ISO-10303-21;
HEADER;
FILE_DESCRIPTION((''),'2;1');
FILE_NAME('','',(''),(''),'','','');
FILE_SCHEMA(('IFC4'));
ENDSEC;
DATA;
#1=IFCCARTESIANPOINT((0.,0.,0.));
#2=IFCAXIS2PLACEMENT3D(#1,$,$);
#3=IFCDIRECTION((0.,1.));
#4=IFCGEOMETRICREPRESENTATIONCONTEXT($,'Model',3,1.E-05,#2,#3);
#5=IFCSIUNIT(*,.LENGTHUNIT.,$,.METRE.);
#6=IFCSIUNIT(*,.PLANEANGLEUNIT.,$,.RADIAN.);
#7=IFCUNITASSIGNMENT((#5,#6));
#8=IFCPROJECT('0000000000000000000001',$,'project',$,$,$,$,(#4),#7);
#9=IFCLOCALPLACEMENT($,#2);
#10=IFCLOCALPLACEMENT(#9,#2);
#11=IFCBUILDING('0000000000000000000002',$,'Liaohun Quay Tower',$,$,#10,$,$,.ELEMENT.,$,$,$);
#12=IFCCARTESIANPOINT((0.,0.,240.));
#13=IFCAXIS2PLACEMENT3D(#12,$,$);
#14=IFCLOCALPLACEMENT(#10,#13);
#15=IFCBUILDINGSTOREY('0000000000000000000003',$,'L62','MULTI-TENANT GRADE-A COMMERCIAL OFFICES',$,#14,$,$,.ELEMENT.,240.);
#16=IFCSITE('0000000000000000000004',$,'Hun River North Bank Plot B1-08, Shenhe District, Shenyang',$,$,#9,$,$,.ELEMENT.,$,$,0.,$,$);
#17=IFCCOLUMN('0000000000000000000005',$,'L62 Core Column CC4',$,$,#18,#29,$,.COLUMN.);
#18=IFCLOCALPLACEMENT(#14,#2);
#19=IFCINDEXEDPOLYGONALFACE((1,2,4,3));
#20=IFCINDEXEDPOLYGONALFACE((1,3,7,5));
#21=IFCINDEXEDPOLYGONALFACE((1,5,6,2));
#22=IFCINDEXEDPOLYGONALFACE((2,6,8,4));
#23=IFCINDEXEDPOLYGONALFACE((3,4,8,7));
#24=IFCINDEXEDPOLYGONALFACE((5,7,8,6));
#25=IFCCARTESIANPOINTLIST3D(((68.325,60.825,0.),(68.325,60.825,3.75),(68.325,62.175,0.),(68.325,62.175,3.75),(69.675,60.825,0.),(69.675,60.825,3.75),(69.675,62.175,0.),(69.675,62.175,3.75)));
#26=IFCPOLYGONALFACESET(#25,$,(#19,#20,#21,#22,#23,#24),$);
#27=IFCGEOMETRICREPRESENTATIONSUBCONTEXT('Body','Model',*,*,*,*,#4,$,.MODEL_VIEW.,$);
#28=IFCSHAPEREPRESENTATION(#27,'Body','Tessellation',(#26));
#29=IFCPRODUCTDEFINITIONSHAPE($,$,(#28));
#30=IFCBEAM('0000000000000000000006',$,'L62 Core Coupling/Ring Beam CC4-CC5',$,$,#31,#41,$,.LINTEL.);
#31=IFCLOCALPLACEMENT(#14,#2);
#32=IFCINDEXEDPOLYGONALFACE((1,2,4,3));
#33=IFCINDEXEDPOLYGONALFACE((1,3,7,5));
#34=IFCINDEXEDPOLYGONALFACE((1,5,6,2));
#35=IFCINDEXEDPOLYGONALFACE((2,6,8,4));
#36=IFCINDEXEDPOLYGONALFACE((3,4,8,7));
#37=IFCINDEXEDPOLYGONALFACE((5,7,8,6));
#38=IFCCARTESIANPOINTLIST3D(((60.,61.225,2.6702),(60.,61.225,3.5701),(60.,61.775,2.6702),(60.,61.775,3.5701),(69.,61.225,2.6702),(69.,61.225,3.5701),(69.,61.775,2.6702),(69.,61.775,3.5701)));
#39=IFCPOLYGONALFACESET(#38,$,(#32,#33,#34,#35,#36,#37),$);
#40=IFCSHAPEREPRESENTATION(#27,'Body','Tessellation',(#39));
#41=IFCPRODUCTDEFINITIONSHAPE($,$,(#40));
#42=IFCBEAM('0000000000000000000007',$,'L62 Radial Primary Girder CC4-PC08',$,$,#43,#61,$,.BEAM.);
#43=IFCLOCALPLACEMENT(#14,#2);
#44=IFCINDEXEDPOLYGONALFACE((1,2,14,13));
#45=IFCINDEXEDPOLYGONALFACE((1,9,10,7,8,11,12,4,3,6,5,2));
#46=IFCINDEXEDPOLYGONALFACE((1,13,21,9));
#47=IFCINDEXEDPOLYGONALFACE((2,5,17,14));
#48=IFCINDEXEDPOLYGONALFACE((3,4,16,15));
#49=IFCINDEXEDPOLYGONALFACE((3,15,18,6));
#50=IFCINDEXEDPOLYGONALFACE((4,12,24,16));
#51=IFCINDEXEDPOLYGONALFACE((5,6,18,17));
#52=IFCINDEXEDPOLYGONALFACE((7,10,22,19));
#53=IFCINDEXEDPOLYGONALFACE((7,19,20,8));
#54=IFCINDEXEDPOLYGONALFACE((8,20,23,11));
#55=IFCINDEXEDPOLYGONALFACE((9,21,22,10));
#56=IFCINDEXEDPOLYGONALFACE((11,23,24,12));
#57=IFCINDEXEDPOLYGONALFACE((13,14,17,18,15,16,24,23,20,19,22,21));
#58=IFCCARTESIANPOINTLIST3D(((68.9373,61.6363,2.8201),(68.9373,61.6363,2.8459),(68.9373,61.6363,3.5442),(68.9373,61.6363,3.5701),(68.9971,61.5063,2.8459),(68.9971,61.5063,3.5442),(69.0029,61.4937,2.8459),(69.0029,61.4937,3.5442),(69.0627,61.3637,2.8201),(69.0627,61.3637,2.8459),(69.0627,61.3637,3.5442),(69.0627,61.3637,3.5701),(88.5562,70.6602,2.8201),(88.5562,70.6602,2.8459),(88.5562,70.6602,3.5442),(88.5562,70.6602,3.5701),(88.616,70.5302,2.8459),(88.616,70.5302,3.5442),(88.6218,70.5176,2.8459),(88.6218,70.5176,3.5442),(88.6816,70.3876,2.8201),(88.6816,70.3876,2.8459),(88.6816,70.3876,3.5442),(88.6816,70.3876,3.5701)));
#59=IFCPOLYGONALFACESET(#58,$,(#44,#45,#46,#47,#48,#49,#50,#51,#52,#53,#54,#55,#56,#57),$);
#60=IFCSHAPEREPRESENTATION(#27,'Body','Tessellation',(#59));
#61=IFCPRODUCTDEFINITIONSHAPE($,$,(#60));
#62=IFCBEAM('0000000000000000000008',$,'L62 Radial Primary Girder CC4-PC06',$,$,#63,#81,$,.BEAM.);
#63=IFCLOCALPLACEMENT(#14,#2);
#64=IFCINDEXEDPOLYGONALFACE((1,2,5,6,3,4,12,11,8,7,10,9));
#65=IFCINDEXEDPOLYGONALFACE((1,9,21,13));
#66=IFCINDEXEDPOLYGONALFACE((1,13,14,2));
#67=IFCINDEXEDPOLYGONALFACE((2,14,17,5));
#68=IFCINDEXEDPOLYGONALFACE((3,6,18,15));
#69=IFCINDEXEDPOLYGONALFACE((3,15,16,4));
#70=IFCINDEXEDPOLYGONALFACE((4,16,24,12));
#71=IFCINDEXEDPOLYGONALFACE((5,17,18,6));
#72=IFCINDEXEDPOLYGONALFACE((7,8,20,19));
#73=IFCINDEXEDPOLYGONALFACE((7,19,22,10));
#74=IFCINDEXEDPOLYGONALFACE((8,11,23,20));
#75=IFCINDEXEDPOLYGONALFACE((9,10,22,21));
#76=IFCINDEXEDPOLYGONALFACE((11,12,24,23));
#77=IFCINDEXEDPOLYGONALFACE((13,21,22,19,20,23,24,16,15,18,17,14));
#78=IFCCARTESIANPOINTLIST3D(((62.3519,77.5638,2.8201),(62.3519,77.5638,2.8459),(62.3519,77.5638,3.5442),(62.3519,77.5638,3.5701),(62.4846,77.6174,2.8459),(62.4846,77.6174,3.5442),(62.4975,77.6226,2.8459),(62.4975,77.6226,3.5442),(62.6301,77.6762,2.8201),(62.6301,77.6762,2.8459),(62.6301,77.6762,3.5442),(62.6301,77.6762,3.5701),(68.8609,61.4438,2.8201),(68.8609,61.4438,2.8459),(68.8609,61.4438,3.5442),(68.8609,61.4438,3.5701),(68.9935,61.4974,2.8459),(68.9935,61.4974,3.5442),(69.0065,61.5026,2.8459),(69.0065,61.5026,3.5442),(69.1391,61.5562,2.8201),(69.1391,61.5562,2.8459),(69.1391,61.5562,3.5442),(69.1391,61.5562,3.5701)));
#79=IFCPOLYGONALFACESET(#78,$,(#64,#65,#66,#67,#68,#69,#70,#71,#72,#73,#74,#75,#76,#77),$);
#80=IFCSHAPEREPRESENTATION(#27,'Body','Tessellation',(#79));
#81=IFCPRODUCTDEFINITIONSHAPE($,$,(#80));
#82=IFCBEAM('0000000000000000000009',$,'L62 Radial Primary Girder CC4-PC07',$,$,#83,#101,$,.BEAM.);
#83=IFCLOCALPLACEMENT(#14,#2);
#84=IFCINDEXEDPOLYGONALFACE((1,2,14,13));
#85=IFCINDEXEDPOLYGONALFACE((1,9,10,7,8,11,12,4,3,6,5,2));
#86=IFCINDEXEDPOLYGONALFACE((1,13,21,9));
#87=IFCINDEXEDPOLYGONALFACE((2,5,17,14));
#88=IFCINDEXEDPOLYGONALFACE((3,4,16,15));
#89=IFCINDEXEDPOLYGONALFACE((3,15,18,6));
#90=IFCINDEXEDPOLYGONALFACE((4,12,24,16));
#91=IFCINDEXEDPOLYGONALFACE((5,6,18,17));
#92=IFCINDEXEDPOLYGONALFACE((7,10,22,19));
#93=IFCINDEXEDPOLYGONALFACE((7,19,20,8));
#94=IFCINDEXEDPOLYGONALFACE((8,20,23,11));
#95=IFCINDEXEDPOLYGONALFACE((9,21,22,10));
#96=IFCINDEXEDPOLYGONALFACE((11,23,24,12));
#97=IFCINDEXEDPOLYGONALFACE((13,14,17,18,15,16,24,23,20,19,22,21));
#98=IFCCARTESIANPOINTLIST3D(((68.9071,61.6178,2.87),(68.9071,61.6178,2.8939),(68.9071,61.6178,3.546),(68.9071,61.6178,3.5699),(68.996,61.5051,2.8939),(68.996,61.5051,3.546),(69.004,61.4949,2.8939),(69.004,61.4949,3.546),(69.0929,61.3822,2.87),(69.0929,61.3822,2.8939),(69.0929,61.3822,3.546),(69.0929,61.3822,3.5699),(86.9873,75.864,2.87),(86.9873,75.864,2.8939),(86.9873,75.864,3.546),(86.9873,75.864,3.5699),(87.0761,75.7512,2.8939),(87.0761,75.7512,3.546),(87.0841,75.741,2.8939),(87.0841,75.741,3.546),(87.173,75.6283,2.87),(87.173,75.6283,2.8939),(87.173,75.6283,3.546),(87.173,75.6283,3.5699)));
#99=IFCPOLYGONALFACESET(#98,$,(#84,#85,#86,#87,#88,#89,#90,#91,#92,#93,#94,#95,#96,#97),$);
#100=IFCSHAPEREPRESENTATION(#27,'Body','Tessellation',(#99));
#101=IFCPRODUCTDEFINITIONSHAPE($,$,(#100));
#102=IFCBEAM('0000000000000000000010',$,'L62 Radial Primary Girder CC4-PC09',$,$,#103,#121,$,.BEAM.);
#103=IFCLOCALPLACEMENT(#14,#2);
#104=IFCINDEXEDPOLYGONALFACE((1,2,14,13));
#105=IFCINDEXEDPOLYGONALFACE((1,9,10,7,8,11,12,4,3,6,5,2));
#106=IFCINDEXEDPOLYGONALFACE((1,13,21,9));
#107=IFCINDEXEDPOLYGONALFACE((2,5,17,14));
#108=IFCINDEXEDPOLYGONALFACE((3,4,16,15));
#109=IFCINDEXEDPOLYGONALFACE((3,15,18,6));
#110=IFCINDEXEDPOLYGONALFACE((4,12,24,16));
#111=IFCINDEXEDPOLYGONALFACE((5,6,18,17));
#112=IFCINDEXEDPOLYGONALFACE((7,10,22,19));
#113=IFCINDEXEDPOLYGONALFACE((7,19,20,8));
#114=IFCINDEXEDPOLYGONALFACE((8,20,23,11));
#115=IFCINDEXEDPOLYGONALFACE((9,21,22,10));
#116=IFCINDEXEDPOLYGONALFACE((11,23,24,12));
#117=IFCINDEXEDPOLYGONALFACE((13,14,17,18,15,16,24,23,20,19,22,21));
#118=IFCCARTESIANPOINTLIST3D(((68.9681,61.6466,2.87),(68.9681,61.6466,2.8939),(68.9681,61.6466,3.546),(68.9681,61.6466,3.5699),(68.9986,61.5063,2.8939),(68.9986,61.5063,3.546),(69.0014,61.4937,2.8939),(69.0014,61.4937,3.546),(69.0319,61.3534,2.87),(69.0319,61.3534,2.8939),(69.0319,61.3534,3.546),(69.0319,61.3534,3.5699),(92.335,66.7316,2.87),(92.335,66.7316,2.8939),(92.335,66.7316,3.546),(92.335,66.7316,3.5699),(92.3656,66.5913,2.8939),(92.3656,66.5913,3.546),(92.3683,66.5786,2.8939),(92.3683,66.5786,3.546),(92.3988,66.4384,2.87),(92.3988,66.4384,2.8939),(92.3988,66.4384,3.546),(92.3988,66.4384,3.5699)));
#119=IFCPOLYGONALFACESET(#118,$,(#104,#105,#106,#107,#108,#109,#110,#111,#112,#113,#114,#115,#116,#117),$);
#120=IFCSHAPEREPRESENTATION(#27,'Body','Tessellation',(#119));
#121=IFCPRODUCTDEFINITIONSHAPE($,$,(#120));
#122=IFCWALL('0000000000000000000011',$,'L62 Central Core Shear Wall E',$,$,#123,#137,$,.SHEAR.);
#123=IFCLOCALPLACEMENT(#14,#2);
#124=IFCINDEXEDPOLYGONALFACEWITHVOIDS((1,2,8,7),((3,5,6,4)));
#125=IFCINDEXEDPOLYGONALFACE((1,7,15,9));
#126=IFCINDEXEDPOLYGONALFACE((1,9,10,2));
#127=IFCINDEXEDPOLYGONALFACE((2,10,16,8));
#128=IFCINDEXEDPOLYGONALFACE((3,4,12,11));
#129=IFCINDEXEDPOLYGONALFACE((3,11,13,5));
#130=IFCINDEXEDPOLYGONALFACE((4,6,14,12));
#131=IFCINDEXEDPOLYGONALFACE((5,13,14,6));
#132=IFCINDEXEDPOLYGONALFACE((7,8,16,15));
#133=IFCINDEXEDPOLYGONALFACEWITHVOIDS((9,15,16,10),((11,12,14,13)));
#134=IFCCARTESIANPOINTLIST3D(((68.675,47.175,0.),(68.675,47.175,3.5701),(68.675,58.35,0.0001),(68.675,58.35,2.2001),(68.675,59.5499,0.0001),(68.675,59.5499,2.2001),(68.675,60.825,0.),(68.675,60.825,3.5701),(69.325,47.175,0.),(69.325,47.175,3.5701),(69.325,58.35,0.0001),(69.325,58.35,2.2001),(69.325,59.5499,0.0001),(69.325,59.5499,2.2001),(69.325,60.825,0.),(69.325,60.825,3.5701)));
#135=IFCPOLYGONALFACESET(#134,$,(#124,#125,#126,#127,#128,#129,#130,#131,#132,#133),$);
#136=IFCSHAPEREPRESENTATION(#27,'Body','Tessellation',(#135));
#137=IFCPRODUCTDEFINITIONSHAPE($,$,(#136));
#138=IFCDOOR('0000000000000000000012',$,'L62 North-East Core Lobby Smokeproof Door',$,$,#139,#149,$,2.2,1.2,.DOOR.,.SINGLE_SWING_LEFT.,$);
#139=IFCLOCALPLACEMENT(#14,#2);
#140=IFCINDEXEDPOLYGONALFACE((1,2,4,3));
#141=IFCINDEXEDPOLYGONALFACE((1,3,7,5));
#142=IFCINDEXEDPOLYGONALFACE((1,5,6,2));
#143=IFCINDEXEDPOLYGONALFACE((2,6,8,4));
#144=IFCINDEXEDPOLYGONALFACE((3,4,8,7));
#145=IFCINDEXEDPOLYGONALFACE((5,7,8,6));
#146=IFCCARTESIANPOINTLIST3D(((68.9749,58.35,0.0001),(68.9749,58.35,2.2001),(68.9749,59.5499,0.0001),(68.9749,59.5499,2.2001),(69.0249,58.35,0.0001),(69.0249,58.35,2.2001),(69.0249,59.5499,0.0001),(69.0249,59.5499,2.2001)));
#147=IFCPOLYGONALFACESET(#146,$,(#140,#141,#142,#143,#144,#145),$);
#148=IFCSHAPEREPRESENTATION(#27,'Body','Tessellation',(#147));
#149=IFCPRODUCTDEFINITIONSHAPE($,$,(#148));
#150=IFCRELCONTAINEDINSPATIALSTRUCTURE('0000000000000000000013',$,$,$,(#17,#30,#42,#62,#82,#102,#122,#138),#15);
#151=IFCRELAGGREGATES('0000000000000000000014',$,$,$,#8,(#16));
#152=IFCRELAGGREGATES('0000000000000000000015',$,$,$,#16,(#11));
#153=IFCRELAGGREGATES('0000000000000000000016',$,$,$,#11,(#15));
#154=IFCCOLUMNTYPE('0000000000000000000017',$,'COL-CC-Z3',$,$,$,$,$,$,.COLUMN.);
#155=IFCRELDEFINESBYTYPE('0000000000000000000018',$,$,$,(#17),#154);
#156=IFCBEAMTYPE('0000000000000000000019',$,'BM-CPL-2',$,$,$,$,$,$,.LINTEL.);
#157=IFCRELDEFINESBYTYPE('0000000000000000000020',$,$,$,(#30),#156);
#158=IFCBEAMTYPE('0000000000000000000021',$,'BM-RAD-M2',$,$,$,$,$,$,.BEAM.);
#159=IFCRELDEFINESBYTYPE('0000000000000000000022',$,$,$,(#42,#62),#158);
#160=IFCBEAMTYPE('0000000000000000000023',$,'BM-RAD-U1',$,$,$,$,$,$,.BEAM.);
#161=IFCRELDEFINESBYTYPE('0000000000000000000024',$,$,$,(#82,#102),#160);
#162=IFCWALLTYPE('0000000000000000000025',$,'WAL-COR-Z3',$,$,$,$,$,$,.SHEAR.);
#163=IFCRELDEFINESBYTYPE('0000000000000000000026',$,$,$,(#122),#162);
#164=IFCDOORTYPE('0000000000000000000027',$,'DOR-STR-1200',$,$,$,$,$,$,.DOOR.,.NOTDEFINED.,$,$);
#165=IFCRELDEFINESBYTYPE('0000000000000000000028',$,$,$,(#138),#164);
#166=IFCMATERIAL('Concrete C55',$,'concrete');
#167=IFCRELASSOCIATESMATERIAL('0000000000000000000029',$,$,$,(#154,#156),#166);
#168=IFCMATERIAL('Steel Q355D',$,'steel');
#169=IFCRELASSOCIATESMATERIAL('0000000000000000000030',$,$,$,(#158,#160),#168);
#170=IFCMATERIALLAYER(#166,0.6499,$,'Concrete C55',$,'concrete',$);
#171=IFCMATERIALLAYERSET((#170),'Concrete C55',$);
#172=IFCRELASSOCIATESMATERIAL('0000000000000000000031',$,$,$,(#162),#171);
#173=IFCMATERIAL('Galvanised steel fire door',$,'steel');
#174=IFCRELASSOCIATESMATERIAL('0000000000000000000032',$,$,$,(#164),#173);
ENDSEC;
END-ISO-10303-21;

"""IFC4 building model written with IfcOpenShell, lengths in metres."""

from ifc_helpers import new_model, si_unit, direction, frame, frame_2d, origin, origin_2d, place, context, subcontext, project, spatial, rectangle, i_section, extrude, source, transform, mapped, material, layer, layer_set, material_profile, profile_set, type_object, element, fill, save


model = new_model("IFC4")

# Units and contexts
model_context = context("Model", 3, precision=1e-05, world=origin(), true_north=direction((0.0, 1.0)))
body_context = subcontext(model_context, "Body", "Model", "MODEL_VIEW")
ifc_project = project(units=[si_unit("LENGTHUNIT", "METRE"), si_unit("PLANEANGLEUNIT", "RADIAN")], contexts=[model_context])

# Site, building, storey
site_placement = place(None, origin())
site = spatial("IfcSite", under=ifc_project, at=site_placement, Name="Hun River North Bank Plot B1-08, Shenhe District, Shenyang", CompositionType="ELEMENT", RefElevation=0.0)
building_placement = place(site_placement, origin())
building = spatial("IfcBuilding", under=site, at=building_placement, Name="Liaohun Quay Tower", CompositionType="ELEMENT")
storey_placement = place(building_placement, frame((0.0, 0.0, 240.0)))
storey = spatial("IfcBuildingStorey", under=building, at=storey_placement, Name="L62", Description="MULTI-TENANT GRADE-A COMMERCIAL OFFICES", CompositionType="ELEMENT", Elevation=240.0)

# Column
ifc_material_1 = material(Name="Concrete C55", Category="concrete")
ifc_material_profile_1 = material_profile(ifc_material_1, rectangle(XDim=1.3501, YDim=1.3501, at=origin_2d()), Name="RC1350x1350")
ifc_profile_set_1 = profile_set([ifc_material_profile_1], Name="Concrete C55")
column_type = type_object("IfcColumnType", Name="COL-CC-Z3", PredefinedType="COLUMN", material=ifc_profile_set_1)
shared_shape_1 = source(origin(), body_context, "Body", "SweptSolid", [
    extrude(rectangle(XDim=1.3501, YDim=1.3501, at=origin_2d()), origin(), (0.0, 0.0, 1.0), 3.75),
])
column_placement = place(storey_placement, frame((69.0, 61.5, 0.0), z_axis=(0.0, 0.0, 1.0), x_axis=(1.0, 0.0, 0.0)))
element("IfcColumn", 1, at=column_placement, inside=storey, type_object=column_type, Name="L62 Core Column CC4", PredefinedType="COLUMN", context=body_context, shape_type="MappedRepresentation", body=[
    mapped(shared_shape_1, transform((0.0, 0.0, 0.0), x_axis=(1.0, 0.0, 0.0), y_axis=(0.0, 1.0, 0.0), z_axis=(0.0, 0.0, 1.0), scale=1.0)),
])

# Beams
ifc_material_profile_2 = material_profile(ifc_material_1, rectangle(XDim=0.55, YDim=0.8999, at=origin_2d()), Name="RC550x900")
ifc_profile_set_2 = profile_set([ifc_material_profile_2], Name="Concrete C55")
beam_type_1 = type_object("IfcBeamType", Name="BM-CPL-2", PredefinedType="LINTEL", material=ifc_profile_set_2)
shared_shape_2 = source(origin(), body_context, "Body", "SweptSolid", [
    extrude(rectangle(XDim=0.55, YDim=0.8999, at=origin_2d()), origin(), (0.0, 0.0, 1.0), 9.0),
])
beam_1_placement = place(storey_placement, frame((69.0, 61.5, 3.1201), z_axis=(-1.0, 0.0, 0.0), x_axis=(0.0, -1.0, 0.0)))
element("IfcBeam", 2, at=beam_1_placement, inside=storey, type_object=beam_type_1, Name="L62 Core Coupling/Ring Beam CC4-CC5", PredefinedType="LINTEL", context=body_context, shape_type="MappedRepresentation", body=[
    mapped(shared_shape_2, transform((0.0, 0.0, 0.0), x_axis=(1.0, 0.0, 0.0), y_axis=(0.0, 1.0, 0.0), z_axis=(0.0, 0.0, 1.0), scale=1.0)),
])
ifc_material_2 = material(Name="Steel Q355D", Category="steel")
ifc_material_profile_3 = material_profile(ifc_material_2, i_section(OverallWidth=0.3, OverallDepth=0.75, WebThickness=0.0139, FlangeThickness=0.0259, at=origin_2d()), Name="HN750x300x14x26")
ifc_profile_set_3 = profile_set([ifc_material_profile_3], Name="Steel Q355D")
beam_type_2 = type_object("IfcBeamType", Name="BM-RAD-M2", PredefinedType="BEAM", material=ifc_profile_set_3)
shared_shape_3 = source(origin(), body_context, "Body", "SweptSolid", [
    extrude(i_section(OverallWidth=0.3, OverallDepth=0.75, WebThickness=0.0139, FlangeThickness=0.0259, at=origin_2d()), origin(), (0.0, 0.0, 1.0), 21.5947),
])
beam_2_placement = place(storey_placement, frame((69.0, 61.5, 3.1951), z_axis=(0.908504, 0.417876, 0.0), x_axis=(-0.417876, 0.908504, 0.0)))
element("IfcBeam", 3, at=beam_2_placement, inside=storey, type_object=beam_type_2, Name="L62 Radial Primary Girder CC4-PC08", PredefinedType="BEAM", context=body_context, shape_type="MappedRepresentation", body=[
    mapped(shared_shape_3, transform((0.0, 0.0, 0.0), x_axis=(1.0, 0.0, 0.0), y_axis=(0.0, 1.0, 0.0), z_axis=(0.0, 0.0, 1.0), scale=1.0)),
])
shared_shape_4 = source(origin(), body_context, "Body", "SweptSolid", [
    extrude(i_section(OverallWidth=0.3, OverallDepth=0.75, WebThickness=0.0139, FlangeThickness=0.0259, at=origin_2d()), origin(), (0.0, 0.0, 1.0), 17.3845),
])
beam_3_placement = place(storey_placement, frame((69.0, 61.5, 3.1951), z_axis=(-0.374413, 0.927262, 0.0), x_axis=(-0.927262, -0.374413, 0.0)))
element("IfcBeam", 4, at=beam_3_placement, inside=storey, type_object=beam_type_2, Name="L62 Radial Primary Girder CC4-PC06", PredefinedType="BEAM", context=body_context, shape_type="MappedRepresentation", body=[
    mapped(shared_shape_4, transform((0.0, 0.0, 0.0), x_axis=(1.0, 0.0, 0.0), y_axis=(0.0, 1.0, 0.0), z_axis=(0.0, 0.0, 1.0), scale=1.0)),
])
ifc_material_profile_4 = material_profile(ifc_material_2, i_section(OverallWidth=0.3, OverallDepth=0.7, WebThickness=0.0129, FlangeThickness=0.0239, at=origin_2d()), Name="HN700x300x13x24")
ifc_profile_set_4 = profile_set([ifc_material_profile_4], Name="Steel Q355D")
beam_type_3 = type_object("IfcBeamType", Name="BM-RAD-U1", PredefinedType="BEAM", material=ifc_profile_set_4)
shared_shape_5 = source(origin(), body_context, "Body", "SweptSolid", [
    extrude(i_section(OverallWidth=0.3, OverallDepth=0.7, WebThickness=0.0129, FlangeThickness=0.0239, at=origin_2d()), origin(), (0.0, 0.0, 1.0), 23.0183),
])
beam_4_placement = place(storey_placement, frame((69.0, 61.5, 3.22), z_axis=(0.785467, 0.618904, 0.0), x_axis=(-0.618904, 0.785467, 0.0)))
element("IfcBeam", 5, at=beam_4_placement, inside=storey, type_object=beam_type_3, Name="L62 Radial Primary Girder CC4-PC07", PredefinedType="BEAM", context=body_context, shape_type="MappedRepresentation", body=[
    mapped(shared_shape_5, transform((0.0, 0.0, 0.0), x_axis=(1.0, 0.0, 0.0), y_axis=(0.0, 1.0, 0.0), z_axis=(0.0, 0.0, 1.0), scale=1.0)),
])
shared_shape_6 = source(origin(), body_context, "Body", "SweptSolid", [
    extrude(i_section(OverallWidth=0.3, OverallDepth=0.7, WebThickness=0.0129, FlangeThickness=0.0239, at=origin_2d()), origin(), (0.0, 0.0, 1.0), 23.9138),
])
beam_5_placement = place(storey_placement, frame((69.0, 61.5, 3.22), z_axis=(0.977131, 0.212637, 0.0), x_axis=(-0.212637, 0.977131, 0.0)))
element("IfcBeam", 6, at=beam_5_placement, inside=storey, type_object=beam_type_3, Name="L62 Radial Primary Girder CC4-PC09", PredefinedType="BEAM", context=body_context, shape_type="MappedRepresentation", body=[
    mapped(shared_shape_6, transform((0.0, 0.0, 0.0), x_axis=(1.0, 0.0, 0.0), y_axis=(0.0, 1.0, 0.0), z_axis=(0.0, 0.0, 1.0), scale=1.0)),
])

# Wall, opening, door
ifc_layer_1 = layer(ifc_material_1, 0.6499, Name="Concrete C55", Category="concrete")
ifc_layer_set_1 = layer_set([ifc_layer_1], Name="Concrete C55")
wall_type_1 = type_object("IfcWallType", Name="WAL-COR-Z3", PredefinedType="SHEAR", material=ifc_layer_set_1)
wall_1_placement = place(storey_placement, frame((69.0, 60.825, 0.0), z_axis=(0.0, 0.0, 1.0), x_axis=(0.0, -1.0, 0.0)))
wall_1 = element("IfcWall", 7, at=wall_1_placement, inside=storey, type_object=wall_type_1, Name="L62 Central Core Shear Wall E", PredefinedType="SHEAR", context=body_context, shape_type="SweptSolid", body=[
    extrude(rectangle(XDim=13.6499, YDim=0.6499, at=frame_2d((6.825, 0.0))), origin(), (0.0, 0.0, 1.0), 3.5701),
])
shared_shape_7 = source(origin(), body_context, "Body", "SweptSolid", [
    extrude(rectangle(XDim=1.2, YDim=2.2, at=frame_2d((0.6001, 1.1001))), frame((0.0, 0.335, 0.0), z_axis=(0.0, -1.0, 0.0), x_axis=(1.0, 0.0, 0.0)), (0.0, 0.0, 1.0), 0.6699),
])
opening_1_placement = place(wall_1_placement, frame((1.2749, 0.0, 0.0)))
opening_1 = element("IfcOpeningElement", 8, at=opening_1_placement, cuts=wall_1, PredefinedType="OPENING", context=body_context, shape_type="MappedRepresentation", body=[
    mapped(shared_shape_7, transform((0.0, 0.0, 0.0), x_axis=(1.0, 0.0, 0.0), y_axis=(0.0, 1.0, 0.0), z_axis=(0.0, 0.0, 1.0), scale=1.0)),
])
ifc_material_3 = material(Name="Galvanised steel fire door", Category="steel")
door_type_1 = type_object("IfcDoorType", Name="DOR-STR-1200", OperationType="NOTDEFINED", PredefinedType="DOOR", material=ifc_material_3)
shared_shape_8 = source(origin(), body_context, "Body", "SweptSolid", [
    extrude(rectangle(XDim=1.2, YDim=2.2, at=frame_2d((0.6001, 1.1001))), frame((0.0, 0.0249, 0.0), z_axis=(0.0, -1.0, 0.0), x_axis=(1.0, 0.0, 0.0)), (0.0, 0.0, 1.0), 0.05),
])
door_1_placement = place(opening_1_placement, origin())
door_1 = element("IfcDoor", 9, at=door_1_placement, inside=storey, type_object=door_type_1, Name="L62 North-East Core Lobby Smokeproof Door", OperationType="SINGLE_SWING_LEFT", OverallHeight=2.2, OverallWidth=1.2, PredefinedType="DOOR", context=body_context, shape_type="MappedRepresentation", body=[
    mapped(shared_shape_8, transform((0.0, 0.0, 0.0), x_axis=(1.0, 0.0, 0.0), y_axis=(0.0, 1.0, 0.0), z_axis=(0.0, 0.0, 1.0), scale=1.0)),
])
fill(opening_1, door_1)

save(model, "model.ifc")
